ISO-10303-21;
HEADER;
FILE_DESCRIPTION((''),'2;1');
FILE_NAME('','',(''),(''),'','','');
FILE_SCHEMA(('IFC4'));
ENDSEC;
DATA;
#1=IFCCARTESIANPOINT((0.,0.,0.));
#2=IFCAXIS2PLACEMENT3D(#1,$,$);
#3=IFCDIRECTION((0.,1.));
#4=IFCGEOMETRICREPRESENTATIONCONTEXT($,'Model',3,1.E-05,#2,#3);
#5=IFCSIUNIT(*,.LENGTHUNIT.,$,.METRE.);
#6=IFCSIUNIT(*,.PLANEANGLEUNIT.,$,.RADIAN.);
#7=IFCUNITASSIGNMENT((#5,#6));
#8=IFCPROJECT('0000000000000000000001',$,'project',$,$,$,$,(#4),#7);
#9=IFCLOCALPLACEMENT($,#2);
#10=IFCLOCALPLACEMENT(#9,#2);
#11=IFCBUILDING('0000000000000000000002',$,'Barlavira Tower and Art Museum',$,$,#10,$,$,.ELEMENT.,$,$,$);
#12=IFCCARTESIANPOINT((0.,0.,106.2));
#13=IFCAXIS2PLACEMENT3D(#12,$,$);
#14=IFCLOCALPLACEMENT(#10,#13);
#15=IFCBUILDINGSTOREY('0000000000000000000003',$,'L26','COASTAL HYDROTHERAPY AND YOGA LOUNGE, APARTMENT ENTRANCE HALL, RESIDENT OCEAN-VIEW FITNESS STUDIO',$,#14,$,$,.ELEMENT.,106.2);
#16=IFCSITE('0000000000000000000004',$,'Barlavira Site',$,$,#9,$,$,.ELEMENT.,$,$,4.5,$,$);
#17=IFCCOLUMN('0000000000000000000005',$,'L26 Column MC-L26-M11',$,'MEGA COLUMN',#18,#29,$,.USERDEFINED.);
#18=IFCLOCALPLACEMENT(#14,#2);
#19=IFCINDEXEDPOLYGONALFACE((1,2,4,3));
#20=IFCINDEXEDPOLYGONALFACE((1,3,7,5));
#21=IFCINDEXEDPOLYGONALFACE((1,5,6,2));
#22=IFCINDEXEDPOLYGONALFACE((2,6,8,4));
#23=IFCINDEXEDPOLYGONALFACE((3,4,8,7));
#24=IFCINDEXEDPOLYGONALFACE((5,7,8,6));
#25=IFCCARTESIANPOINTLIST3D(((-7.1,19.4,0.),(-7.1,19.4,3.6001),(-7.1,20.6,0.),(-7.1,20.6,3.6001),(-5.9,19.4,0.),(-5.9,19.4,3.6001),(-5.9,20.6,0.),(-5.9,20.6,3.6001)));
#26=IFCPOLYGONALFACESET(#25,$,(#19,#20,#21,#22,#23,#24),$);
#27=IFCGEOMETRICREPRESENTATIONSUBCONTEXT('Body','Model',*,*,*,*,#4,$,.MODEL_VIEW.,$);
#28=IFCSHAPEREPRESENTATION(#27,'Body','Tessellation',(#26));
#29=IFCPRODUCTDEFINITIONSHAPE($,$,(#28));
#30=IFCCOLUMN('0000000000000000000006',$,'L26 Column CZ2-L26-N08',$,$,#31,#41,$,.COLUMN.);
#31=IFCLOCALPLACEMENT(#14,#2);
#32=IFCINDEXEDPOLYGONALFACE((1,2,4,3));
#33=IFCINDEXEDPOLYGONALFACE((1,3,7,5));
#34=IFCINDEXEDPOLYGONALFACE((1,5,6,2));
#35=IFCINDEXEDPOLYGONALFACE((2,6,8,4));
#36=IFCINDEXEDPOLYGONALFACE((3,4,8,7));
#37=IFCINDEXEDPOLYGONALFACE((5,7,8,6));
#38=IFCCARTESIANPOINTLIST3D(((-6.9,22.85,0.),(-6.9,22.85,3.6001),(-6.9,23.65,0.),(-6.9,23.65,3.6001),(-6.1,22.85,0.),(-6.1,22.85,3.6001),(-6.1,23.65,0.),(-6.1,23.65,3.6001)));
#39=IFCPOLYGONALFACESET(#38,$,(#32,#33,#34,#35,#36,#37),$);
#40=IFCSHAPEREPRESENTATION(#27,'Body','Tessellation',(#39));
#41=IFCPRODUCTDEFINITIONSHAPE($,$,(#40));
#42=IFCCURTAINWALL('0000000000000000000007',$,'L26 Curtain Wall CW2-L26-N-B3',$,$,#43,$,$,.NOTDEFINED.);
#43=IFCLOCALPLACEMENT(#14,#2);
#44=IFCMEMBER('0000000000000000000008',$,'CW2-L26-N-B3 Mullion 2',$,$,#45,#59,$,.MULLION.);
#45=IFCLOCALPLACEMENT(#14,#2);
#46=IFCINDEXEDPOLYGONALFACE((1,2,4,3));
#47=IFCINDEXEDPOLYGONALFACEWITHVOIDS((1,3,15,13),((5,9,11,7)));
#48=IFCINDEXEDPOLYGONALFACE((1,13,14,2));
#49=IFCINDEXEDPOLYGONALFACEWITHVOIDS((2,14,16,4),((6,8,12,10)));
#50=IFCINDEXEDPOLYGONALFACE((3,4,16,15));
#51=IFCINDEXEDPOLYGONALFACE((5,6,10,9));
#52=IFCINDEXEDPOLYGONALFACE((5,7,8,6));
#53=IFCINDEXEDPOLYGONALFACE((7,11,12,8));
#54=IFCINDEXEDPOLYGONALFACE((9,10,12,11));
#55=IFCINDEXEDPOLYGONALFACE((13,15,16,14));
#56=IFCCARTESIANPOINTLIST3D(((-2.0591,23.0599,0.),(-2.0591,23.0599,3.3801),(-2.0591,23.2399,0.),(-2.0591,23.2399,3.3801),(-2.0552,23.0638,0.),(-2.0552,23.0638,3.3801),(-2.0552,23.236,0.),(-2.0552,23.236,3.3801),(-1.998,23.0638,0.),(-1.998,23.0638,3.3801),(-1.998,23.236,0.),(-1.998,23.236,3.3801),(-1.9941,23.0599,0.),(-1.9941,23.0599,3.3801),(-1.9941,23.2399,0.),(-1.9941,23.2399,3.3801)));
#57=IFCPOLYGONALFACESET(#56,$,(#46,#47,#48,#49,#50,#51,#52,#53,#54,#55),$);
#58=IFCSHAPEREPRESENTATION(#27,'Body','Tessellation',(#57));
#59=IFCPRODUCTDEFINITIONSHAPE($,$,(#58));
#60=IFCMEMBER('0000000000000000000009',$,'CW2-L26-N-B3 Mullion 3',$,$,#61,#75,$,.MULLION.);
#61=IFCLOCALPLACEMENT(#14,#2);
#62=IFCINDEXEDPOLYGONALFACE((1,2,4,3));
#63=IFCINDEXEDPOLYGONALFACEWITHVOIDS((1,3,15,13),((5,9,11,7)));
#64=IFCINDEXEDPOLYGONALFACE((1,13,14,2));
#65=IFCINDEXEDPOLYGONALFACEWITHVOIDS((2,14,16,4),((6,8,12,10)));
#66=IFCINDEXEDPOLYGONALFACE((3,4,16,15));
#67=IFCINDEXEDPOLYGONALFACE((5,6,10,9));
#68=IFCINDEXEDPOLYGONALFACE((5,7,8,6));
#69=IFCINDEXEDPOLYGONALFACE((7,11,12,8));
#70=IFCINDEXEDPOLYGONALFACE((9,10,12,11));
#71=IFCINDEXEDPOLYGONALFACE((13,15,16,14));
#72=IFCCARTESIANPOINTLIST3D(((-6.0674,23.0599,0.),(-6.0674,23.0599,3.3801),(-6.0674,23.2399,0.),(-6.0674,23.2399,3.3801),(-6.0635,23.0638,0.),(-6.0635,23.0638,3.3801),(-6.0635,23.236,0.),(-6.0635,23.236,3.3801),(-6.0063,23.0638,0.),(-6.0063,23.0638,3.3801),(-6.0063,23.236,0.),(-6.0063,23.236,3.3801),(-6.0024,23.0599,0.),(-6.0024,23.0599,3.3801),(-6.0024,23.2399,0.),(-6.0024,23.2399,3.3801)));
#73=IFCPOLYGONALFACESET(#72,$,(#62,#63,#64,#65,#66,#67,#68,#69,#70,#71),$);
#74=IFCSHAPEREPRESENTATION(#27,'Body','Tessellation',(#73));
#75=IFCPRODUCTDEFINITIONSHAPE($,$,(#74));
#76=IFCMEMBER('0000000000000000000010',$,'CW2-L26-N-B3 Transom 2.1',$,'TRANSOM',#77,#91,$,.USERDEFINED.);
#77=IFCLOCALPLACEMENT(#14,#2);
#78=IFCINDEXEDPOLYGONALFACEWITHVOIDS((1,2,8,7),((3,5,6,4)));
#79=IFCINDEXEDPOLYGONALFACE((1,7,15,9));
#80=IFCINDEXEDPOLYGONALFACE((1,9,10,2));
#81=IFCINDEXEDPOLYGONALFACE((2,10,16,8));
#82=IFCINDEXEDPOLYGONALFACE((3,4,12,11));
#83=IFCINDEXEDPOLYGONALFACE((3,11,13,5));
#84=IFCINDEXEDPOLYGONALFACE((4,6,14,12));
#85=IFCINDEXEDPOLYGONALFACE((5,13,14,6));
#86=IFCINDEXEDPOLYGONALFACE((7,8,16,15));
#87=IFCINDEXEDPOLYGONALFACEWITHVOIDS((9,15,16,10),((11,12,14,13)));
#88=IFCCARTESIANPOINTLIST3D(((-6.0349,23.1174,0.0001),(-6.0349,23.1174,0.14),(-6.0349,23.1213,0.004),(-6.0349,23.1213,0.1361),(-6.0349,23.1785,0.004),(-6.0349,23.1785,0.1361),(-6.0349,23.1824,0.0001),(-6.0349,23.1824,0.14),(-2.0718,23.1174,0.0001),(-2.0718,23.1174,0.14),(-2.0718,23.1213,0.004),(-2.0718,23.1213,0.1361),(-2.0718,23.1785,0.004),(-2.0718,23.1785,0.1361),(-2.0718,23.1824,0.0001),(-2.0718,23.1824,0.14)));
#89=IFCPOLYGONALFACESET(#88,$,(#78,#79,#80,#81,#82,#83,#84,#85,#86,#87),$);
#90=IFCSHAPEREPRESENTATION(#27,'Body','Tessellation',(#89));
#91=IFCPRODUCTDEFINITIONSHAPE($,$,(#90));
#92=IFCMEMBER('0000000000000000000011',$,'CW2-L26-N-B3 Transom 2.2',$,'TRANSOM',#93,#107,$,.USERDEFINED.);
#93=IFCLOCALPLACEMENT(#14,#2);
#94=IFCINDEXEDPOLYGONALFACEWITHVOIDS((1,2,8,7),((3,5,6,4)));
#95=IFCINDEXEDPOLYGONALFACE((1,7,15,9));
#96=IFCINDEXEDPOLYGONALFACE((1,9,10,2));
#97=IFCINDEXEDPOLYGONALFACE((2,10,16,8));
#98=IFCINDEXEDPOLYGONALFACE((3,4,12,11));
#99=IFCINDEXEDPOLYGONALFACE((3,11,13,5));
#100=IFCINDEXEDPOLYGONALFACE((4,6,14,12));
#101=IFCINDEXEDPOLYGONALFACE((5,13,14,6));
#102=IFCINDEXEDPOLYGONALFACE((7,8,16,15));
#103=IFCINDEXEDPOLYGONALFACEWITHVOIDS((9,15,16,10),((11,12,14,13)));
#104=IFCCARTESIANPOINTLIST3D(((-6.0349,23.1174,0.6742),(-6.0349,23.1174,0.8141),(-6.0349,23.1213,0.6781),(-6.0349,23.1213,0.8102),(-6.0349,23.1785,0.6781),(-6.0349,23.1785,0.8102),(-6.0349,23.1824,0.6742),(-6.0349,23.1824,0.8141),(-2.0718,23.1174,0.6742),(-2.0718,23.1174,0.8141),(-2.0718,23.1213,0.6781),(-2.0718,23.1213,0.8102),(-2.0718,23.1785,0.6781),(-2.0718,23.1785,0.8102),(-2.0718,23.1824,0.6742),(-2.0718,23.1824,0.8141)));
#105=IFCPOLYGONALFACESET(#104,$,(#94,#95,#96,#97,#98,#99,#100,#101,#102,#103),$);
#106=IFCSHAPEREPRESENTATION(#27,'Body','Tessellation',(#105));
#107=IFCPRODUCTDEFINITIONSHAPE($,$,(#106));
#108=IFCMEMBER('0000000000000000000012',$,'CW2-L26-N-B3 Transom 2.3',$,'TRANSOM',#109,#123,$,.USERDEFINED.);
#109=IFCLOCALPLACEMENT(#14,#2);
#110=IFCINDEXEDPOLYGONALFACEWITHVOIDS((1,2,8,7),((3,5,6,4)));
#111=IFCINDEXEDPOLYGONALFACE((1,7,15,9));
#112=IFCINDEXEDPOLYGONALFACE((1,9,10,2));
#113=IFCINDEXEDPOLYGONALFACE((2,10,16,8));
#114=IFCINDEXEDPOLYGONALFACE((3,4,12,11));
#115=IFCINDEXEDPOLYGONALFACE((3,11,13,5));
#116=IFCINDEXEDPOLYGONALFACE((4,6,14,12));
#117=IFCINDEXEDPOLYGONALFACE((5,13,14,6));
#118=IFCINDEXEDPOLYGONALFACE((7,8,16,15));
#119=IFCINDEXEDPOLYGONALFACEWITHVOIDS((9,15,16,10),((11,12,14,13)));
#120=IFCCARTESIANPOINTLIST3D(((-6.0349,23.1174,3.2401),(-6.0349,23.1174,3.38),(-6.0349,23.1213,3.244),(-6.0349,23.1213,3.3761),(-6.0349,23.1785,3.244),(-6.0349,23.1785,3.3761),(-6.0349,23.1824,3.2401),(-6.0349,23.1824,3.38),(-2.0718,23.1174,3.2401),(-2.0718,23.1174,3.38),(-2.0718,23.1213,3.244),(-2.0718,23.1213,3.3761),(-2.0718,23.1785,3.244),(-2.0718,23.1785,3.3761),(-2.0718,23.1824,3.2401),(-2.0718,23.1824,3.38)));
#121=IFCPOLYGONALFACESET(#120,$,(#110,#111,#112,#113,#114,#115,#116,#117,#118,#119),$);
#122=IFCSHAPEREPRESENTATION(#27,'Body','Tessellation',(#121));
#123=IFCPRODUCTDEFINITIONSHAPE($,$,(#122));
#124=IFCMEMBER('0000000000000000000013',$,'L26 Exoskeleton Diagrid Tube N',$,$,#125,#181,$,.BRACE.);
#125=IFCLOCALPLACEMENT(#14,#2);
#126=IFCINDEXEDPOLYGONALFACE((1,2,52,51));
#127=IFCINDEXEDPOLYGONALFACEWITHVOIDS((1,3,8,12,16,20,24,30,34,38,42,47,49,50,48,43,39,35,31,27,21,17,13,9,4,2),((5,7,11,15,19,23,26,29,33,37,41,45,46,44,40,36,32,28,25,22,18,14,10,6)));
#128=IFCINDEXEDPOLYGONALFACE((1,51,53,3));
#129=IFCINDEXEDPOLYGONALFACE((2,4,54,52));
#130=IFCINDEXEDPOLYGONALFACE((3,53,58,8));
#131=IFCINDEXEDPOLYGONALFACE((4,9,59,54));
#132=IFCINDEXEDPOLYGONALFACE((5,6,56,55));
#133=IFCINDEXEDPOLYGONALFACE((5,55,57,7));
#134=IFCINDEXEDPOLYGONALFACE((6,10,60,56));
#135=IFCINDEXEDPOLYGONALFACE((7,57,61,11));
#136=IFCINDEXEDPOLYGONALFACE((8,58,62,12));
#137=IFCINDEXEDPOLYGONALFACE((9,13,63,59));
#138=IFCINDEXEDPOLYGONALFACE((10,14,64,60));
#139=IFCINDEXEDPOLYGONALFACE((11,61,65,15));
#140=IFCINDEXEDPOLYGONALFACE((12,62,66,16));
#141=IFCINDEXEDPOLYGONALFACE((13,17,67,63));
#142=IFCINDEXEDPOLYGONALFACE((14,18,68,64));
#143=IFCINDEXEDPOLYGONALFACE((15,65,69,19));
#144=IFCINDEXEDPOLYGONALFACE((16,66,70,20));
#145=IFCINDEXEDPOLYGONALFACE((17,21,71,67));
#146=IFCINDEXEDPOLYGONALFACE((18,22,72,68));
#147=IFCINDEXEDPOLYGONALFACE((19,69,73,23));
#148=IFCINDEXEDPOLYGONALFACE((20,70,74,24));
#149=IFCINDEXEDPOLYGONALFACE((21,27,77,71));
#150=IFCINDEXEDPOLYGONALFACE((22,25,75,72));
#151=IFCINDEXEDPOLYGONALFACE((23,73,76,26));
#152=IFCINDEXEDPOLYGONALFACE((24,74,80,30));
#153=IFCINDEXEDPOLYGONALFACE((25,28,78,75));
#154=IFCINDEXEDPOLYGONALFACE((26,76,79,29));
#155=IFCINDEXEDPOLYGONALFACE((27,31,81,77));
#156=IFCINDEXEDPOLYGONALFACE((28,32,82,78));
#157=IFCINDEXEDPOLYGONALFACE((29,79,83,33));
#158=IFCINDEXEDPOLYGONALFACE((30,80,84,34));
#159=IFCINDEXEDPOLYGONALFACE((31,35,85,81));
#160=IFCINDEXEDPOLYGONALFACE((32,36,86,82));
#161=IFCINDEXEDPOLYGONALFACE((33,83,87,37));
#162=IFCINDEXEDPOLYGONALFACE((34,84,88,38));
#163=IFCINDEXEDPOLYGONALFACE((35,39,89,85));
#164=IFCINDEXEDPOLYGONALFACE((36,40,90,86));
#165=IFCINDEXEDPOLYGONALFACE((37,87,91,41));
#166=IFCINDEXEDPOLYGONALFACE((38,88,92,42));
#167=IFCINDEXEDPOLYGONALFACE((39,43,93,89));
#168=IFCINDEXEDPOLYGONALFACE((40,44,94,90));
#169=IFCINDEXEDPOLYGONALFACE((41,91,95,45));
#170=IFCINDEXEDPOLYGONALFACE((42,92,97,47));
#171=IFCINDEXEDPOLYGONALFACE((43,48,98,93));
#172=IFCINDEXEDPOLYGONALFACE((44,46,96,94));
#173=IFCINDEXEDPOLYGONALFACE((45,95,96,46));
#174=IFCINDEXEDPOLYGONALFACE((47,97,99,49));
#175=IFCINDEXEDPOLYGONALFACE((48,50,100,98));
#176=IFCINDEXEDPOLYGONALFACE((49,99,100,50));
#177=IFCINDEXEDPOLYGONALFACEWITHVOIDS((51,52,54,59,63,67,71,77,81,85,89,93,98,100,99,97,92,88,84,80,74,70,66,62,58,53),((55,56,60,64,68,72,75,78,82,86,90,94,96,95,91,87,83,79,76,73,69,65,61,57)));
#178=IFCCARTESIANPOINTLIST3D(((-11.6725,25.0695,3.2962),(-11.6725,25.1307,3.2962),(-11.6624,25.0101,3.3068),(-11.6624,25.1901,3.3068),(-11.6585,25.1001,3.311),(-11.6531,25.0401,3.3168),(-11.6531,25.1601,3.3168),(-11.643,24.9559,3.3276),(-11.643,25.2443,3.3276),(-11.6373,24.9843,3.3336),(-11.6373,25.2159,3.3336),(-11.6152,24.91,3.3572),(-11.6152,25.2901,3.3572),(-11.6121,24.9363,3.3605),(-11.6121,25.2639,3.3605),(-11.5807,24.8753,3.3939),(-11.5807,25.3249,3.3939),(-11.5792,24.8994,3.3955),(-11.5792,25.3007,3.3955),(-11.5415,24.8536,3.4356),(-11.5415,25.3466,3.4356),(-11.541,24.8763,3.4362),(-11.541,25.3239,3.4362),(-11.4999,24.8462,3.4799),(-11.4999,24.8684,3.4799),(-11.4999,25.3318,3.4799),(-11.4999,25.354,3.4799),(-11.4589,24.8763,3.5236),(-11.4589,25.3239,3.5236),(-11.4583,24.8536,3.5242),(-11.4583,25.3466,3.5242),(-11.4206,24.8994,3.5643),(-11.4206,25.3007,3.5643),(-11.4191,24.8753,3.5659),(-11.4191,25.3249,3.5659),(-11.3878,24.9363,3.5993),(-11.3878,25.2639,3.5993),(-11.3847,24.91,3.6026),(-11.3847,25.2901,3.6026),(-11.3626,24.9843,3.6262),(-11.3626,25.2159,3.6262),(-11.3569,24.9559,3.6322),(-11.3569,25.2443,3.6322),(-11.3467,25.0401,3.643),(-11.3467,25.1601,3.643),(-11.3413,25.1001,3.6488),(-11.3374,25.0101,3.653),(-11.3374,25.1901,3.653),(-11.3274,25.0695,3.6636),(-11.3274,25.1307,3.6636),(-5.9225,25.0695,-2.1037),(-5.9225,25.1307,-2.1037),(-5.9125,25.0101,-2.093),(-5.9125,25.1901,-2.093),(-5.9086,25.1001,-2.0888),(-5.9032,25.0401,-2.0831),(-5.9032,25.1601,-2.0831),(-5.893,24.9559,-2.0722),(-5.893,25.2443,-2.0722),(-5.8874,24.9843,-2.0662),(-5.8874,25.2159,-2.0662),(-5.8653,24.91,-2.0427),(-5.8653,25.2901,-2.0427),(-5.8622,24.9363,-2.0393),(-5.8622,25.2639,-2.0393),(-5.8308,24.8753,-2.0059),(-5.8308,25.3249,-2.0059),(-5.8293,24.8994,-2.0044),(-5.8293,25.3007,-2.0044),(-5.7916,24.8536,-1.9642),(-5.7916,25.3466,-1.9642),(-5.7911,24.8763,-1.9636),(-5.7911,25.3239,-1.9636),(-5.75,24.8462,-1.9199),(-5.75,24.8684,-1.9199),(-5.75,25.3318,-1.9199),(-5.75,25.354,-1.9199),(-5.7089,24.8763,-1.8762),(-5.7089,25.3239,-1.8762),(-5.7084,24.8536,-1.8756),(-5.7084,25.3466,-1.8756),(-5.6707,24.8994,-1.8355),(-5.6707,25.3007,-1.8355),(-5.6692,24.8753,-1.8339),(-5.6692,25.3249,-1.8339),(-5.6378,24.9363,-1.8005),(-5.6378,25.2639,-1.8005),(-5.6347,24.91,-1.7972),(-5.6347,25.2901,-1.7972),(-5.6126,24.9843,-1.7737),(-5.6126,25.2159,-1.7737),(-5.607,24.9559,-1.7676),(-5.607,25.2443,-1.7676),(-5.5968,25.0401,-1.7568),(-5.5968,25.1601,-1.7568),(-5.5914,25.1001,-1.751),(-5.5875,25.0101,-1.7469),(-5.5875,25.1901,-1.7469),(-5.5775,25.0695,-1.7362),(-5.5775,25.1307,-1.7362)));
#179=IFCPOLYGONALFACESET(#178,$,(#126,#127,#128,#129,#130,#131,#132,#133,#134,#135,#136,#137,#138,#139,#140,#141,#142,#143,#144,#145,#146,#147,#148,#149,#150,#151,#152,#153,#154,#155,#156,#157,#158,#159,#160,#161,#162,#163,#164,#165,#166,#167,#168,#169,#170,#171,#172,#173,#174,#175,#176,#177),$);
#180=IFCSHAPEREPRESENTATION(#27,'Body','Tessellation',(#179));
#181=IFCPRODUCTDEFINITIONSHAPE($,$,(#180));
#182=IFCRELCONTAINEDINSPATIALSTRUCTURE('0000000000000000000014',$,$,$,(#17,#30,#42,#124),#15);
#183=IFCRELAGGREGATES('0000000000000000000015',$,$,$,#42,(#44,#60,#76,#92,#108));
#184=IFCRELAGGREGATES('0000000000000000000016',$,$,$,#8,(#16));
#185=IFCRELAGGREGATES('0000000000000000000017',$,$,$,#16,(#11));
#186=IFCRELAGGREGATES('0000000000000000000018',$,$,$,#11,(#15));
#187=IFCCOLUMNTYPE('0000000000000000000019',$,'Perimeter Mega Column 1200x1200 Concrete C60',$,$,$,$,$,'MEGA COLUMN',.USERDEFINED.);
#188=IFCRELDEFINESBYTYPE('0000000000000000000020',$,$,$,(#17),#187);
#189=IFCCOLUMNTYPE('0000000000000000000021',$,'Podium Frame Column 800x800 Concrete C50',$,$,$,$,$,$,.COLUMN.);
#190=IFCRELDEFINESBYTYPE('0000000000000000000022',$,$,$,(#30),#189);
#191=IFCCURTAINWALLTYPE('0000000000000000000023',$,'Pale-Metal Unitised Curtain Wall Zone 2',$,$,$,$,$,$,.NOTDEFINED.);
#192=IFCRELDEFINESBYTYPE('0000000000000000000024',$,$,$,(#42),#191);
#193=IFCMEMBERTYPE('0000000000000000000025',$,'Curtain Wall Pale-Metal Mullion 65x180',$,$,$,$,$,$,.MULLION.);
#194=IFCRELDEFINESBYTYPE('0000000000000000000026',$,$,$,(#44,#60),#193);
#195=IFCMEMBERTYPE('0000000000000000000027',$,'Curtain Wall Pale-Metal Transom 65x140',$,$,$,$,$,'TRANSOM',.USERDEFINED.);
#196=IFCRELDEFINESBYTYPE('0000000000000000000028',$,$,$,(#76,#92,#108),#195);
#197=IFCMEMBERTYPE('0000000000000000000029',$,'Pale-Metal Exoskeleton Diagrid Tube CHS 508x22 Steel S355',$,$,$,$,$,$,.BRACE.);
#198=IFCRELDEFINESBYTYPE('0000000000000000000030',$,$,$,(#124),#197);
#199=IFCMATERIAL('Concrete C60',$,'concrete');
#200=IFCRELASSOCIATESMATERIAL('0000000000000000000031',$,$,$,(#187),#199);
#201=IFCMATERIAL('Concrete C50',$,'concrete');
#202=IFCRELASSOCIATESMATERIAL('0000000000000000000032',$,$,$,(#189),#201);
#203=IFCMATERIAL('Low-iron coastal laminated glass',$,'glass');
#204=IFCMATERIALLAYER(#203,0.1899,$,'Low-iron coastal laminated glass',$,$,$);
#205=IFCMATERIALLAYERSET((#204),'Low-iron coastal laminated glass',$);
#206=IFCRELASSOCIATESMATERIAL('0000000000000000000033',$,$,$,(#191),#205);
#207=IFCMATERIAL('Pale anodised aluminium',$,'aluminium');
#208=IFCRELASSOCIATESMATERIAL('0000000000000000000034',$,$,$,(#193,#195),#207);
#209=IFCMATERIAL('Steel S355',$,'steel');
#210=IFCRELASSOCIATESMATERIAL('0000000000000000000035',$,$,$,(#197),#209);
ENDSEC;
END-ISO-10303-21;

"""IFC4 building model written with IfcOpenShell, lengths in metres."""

from ifc_helpers import new_model, si_unit, direction, frame, origin, origin_2d, place, context, subcontext, project, spatial, rectangle, hollow_rectangle, hollow_circle, extrude, material, layer, layer_set, material_profile, profile_set, type_object, element, aggregate, save


model = new_model("IFC4")

# Units and contexts
model_context = context("Model", 3, precision=1e-05, world=origin(), true_north=direction((0.0, 1.0)))
body_context = subcontext(model_context, "Body", "Model", "MODEL_VIEW")
ifc_project = project(units=[si_unit("LENGTHUNIT", "METRE"), si_unit("PLANEANGLEUNIT", "RADIAN")], contexts=[model_context])

# Site, building, storey
site_placement = place(None, origin())
site = spatial("IfcSite", under=ifc_project, at=site_placement, Name="Barlavira Site", CompositionType="ELEMENT", RefElevation=4.5)
building_placement = place(site_placement, origin())
building = spatial("IfcBuilding", under=site, at=building_placement, Name="Barlavira Tower and Art Museum", CompositionType="ELEMENT")
storey_placement = place(building_placement, frame((0.0, 0.0, 106.2)))
storey = spatial("IfcBuildingStorey", under=building, at=storey_placement, Name="L26", Description="COASTAL HYDROTHERAPY AND YOGA LOUNGE, APARTMENT ENTRANCE HALL, RESIDENT OCEAN-VIEW FITNESS STUDIO", CompositionType="ELEMENT", Elevation=106.2)

# Columns
ifc_material_1 = material(Name="Concrete C60", Category="concrete")
ifc_material_profile_1 = material_profile(ifc_material_1, rectangle(XDim=1.2, YDim=1.2, at=origin_2d()), Name="RC-COL 1200x1200")
ifc_profile_set_1 = profile_set([ifc_material_profile_1], Name="Concrete C60")
column_type_1 = type_object("IfcColumnType", Name="Perimeter Mega Column 1200x1200 Concrete C60", ElementType="MEGA COLUMN", PredefinedType="USERDEFINED", material=ifc_profile_set_1)
column_1_placement = place(storey_placement, frame((-6.5, 20.0, 0.0), z_axis=(0.0, 0.0, 1.0), x_axis=(1.0, 0.0, 0.0)))
element("IfcColumn", 1, at=column_1_placement, inside=storey, type_object=column_type_1, Name="L26 Column MC-L26-M11", ObjectType="MEGA COLUMN", PredefinedType="USERDEFINED", context=body_context, shape_type="SweptSolid", body=[
    extrude(rectangle(XDim=1.2, YDim=1.2, at=origin_2d()), origin(), (0.0, 0.0, 1.0), 3.6001),
])
ifc_material_2 = material(Name="Concrete C50", Category="concrete")
ifc_material_profile_2 = material_profile(ifc_material_2, rectangle(XDim=0.8, YDim=0.8, at=origin_2d()), Name="RC-COL 800x800")
ifc_profile_set_2 = profile_set([ifc_material_profile_2], Name="Concrete C50")
column_type_2 = type_object("IfcColumnType", Name="Podium Frame Column 800x800 Concrete C50", PredefinedType="COLUMN", material=ifc_profile_set_2)
column_2_placement = place(storey_placement, frame((-6.5, 23.25, 0.0), z_axis=(0.0, 0.0, 1.0), x_axis=(1.0, 0.0, 0.0)))
element("IfcColumn", 2, at=column_2_placement, inside=storey, type_object=column_type_2, Name="L26 Column CZ2-L26-N08", PredefinedType="COLUMN", context=body_context, shape_type="SweptSolid", body=[
    extrude(rectangle(XDim=0.8, YDim=0.8, at=origin_2d()), origin(), (0.0, 0.0, 1.0), 3.6001),
])

# Curtain wall, members
ifc_material_3 = material(Name="Low-iron coastal laminated glass", Category="glass")
ifc_layer_1 = layer(ifc_material_3, 0.1899, Name="Low-iron coastal laminated glass")
ifc_layer_set_1 = layer_set([ifc_layer_1], Name="Low-iron coastal laminated glass")
curtain_wall_type = type_object("IfcCurtainWallType", Name="Pale-Metal Unitised Curtain Wall Zone 2", PredefinedType="NOTDEFINED", material=ifc_layer_set_1)
curtain_wall_placement = place(storey_placement, origin())
curtain_wall = element("IfcCurtainWall", 3, at=curtain_wall_placement, inside=storey, type_object=curtain_wall_type, Name="L26 Curtain Wall CW2-L26-N-B3", PredefinedType="NOTDEFINED")
ifc_material_4 = material(Name="Pale anodised aluminium", Category="aluminium")
ifc_material_profile_3 = material_profile(ifc_material_4, hollow_rectangle(XDim=0.0649, YDim=0.1799, WallThickness=0.0039, at=origin_2d()), Name="ALU-MULL 65x180x4")
ifc_profile_set_3 = profile_set([ifc_material_profile_3], Name="Pale anodised aluminium")
member_type_1 = type_object("IfcMemberType", Name="Curtain Wall Pale-Metal Mullion 65x180", PredefinedType="MULLION", material=ifc_profile_set_3)
member_1_placement = place(storey_placement, frame((-2.0266, 23.1499, 0.0), z_axis=(0.0, 0.0, 1.0), x_axis=(-1.0, 0.0, 0.0)))
member_1 = element("IfcMember", 4, at=member_1_placement, type_object=member_type_1, Name="CW2-L26-N-B3 Mullion 2", PredefinedType="MULLION", context=body_context, shape_type="SweptSolid", body=[
    extrude(hollow_rectangle(XDim=0.0649, YDim=0.1799, WallThickness=0.0039, at=origin_2d()), origin(), (0.0, 0.0, 1.0), 3.3801),
])
member_2_placement = place(storey_placement, frame((-6.0349, 23.1499, 0.0), z_axis=(0.0, 0.0, 1.0), x_axis=(-1.0, 0.0, 0.0)))
member_2 = element("IfcMember", 5, at=member_2_placement, type_object=member_type_1, Name="CW2-L26-N-B3 Mullion 3", PredefinedType="MULLION", context=body_context, shape_type="SweptSolid", body=[
    extrude(hollow_rectangle(XDim=0.0649, YDim=0.1799, WallThickness=0.0039, at=origin_2d()), origin(), (0.0, 0.0, 1.0), 3.3801),
])
ifc_material_profile_4 = material_profile(ifc_material_4, hollow_rectangle(XDim=0.0649, YDim=0.1399, WallThickness=0.0039, at=origin_2d()), Name="ALU-TRAN 65x140x4")
ifc_profile_set_4 = profile_set([ifc_material_profile_4], Name="Pale anodised aluminium")
member_type_2 = type_object("IfcMemberType", Name="Curtain Wall Pale-Metal Transom 65x140", ElementType="TRANSOM", PredefinedType="USERDEFINED", material=ifc_profile_set_4)
member_3_placement = place(storey_placement, frame((-2.0718, 23.1499, 0.0701), z_axis=(-1.0, 0.0, 0.0), x_axis=(0.0, -1.0, 0.0)))
member_3 = element("IfcMember", 6, at=member_3_placement, type_object=member_type_2, Name="CW2-L26-N-B3 Transom 2.1", ObjectType="TRANSOM", PredefinedType="USERDEFINED", context=body_context, shape_type="SweptSolid", body=[
    extrude(hollow_rectangle(XDim=0.0649, YDim=0.1399, WallThickness=0.0039, at=origin_2d()), origin(), (0.0, 0.0, 1.0), 3.9631),
])
member_4_placement = place(storey_placement, frame((-2.0718, 23.1499, 0.7441), z_axis=(-1.0, 0.0, 0.0), x_axis=(0.0, -1.0, 0.0)))
member_4 = element("IfcMember", 7, at=member_4_placement, type_object=member_type_2, Name="CW2-L26-N-B3 Transom 2.2", ObjectType="TRANSOM", PredefinedType="USERDEFINED", context=body_context, shape_type="SweptSolid", body=[
    extrude(hollow_rectangle(XDim=0.0649, YDim=0.1399, WallThickness=0.0039, at=origin_2d()), origin(), (0.0, 0.0, 1.0), 3.9631),
])
member_5_placement = place(storey_placement, frame((-2.0718, 23.1499, 3.3101), z_axis=(-1.0, 0.0, 0.0), x_axis=(0.0, -1.0, 0.0)))
member_5 = element("IfcMember", 8, at=member_5_placement, type_object=member_type_2, Name="CW2-L26-N-B3 Transom 2.3", ObjectType="TRANSOM", PredefinedType="USERDEFINED", context=body_context, shape_type="SweptSolid", body=[
    extrude(hollow_rectangle(XDim=0.0649, YDim=0.1399, WallThickness=0.0039, at=origin_2d()), origin(), (0.0, 0.0, 1.0), 3.9631),
])

# Member
ifc_material_5 = material(Name="Steel S355", Category="steel")
ifc_material_profile_5 = material_profile(ifc_material_5, hollow_circle(Radius=0.2539, WallThickness=0.0222, at=origin_2d()), Name="CHS 508.0x22.2")
ifc_profile_set_5 = profile_set([ifc_material_profile_5], Name="Steel S355")
member_type_3 = type_object("IfcMemberType", Name="Pale-Metal Exoskeleton Diagrid Tube CHS 508x22 Steel S355", PredefinedType="BRACE", material=ifc_profile_set_5)
for number, where, z_axis, x_axis, name in (
    (9, (-5.75, 25.1001, -1.9199), (-0.72895, 0.0, 0.684567), (0.0, -1.0, 0.0), "L26 Exoskeleton Diagrid Tube N"),
):
    element("IfcMember", number, at=place(storey_placement, frame(where, z_axis=z_axis, x_axis=x_axis)), inside=storey, type_object=member_type_3, Name=name, PredefinedType="BRACE", context=body_context, shape_type="SweptSolid", body=[
        extrude(hollow_circle(Radius=0.2539, WallThickness=0.0222, at=origin_2d()), origin(), (0.0, 0.0, 1.0), 7.8879),
    ])

aggregate(curtain_wall, [member_1, member_2, member_3, member_4, member_5])

save(model, "model.ifc")
